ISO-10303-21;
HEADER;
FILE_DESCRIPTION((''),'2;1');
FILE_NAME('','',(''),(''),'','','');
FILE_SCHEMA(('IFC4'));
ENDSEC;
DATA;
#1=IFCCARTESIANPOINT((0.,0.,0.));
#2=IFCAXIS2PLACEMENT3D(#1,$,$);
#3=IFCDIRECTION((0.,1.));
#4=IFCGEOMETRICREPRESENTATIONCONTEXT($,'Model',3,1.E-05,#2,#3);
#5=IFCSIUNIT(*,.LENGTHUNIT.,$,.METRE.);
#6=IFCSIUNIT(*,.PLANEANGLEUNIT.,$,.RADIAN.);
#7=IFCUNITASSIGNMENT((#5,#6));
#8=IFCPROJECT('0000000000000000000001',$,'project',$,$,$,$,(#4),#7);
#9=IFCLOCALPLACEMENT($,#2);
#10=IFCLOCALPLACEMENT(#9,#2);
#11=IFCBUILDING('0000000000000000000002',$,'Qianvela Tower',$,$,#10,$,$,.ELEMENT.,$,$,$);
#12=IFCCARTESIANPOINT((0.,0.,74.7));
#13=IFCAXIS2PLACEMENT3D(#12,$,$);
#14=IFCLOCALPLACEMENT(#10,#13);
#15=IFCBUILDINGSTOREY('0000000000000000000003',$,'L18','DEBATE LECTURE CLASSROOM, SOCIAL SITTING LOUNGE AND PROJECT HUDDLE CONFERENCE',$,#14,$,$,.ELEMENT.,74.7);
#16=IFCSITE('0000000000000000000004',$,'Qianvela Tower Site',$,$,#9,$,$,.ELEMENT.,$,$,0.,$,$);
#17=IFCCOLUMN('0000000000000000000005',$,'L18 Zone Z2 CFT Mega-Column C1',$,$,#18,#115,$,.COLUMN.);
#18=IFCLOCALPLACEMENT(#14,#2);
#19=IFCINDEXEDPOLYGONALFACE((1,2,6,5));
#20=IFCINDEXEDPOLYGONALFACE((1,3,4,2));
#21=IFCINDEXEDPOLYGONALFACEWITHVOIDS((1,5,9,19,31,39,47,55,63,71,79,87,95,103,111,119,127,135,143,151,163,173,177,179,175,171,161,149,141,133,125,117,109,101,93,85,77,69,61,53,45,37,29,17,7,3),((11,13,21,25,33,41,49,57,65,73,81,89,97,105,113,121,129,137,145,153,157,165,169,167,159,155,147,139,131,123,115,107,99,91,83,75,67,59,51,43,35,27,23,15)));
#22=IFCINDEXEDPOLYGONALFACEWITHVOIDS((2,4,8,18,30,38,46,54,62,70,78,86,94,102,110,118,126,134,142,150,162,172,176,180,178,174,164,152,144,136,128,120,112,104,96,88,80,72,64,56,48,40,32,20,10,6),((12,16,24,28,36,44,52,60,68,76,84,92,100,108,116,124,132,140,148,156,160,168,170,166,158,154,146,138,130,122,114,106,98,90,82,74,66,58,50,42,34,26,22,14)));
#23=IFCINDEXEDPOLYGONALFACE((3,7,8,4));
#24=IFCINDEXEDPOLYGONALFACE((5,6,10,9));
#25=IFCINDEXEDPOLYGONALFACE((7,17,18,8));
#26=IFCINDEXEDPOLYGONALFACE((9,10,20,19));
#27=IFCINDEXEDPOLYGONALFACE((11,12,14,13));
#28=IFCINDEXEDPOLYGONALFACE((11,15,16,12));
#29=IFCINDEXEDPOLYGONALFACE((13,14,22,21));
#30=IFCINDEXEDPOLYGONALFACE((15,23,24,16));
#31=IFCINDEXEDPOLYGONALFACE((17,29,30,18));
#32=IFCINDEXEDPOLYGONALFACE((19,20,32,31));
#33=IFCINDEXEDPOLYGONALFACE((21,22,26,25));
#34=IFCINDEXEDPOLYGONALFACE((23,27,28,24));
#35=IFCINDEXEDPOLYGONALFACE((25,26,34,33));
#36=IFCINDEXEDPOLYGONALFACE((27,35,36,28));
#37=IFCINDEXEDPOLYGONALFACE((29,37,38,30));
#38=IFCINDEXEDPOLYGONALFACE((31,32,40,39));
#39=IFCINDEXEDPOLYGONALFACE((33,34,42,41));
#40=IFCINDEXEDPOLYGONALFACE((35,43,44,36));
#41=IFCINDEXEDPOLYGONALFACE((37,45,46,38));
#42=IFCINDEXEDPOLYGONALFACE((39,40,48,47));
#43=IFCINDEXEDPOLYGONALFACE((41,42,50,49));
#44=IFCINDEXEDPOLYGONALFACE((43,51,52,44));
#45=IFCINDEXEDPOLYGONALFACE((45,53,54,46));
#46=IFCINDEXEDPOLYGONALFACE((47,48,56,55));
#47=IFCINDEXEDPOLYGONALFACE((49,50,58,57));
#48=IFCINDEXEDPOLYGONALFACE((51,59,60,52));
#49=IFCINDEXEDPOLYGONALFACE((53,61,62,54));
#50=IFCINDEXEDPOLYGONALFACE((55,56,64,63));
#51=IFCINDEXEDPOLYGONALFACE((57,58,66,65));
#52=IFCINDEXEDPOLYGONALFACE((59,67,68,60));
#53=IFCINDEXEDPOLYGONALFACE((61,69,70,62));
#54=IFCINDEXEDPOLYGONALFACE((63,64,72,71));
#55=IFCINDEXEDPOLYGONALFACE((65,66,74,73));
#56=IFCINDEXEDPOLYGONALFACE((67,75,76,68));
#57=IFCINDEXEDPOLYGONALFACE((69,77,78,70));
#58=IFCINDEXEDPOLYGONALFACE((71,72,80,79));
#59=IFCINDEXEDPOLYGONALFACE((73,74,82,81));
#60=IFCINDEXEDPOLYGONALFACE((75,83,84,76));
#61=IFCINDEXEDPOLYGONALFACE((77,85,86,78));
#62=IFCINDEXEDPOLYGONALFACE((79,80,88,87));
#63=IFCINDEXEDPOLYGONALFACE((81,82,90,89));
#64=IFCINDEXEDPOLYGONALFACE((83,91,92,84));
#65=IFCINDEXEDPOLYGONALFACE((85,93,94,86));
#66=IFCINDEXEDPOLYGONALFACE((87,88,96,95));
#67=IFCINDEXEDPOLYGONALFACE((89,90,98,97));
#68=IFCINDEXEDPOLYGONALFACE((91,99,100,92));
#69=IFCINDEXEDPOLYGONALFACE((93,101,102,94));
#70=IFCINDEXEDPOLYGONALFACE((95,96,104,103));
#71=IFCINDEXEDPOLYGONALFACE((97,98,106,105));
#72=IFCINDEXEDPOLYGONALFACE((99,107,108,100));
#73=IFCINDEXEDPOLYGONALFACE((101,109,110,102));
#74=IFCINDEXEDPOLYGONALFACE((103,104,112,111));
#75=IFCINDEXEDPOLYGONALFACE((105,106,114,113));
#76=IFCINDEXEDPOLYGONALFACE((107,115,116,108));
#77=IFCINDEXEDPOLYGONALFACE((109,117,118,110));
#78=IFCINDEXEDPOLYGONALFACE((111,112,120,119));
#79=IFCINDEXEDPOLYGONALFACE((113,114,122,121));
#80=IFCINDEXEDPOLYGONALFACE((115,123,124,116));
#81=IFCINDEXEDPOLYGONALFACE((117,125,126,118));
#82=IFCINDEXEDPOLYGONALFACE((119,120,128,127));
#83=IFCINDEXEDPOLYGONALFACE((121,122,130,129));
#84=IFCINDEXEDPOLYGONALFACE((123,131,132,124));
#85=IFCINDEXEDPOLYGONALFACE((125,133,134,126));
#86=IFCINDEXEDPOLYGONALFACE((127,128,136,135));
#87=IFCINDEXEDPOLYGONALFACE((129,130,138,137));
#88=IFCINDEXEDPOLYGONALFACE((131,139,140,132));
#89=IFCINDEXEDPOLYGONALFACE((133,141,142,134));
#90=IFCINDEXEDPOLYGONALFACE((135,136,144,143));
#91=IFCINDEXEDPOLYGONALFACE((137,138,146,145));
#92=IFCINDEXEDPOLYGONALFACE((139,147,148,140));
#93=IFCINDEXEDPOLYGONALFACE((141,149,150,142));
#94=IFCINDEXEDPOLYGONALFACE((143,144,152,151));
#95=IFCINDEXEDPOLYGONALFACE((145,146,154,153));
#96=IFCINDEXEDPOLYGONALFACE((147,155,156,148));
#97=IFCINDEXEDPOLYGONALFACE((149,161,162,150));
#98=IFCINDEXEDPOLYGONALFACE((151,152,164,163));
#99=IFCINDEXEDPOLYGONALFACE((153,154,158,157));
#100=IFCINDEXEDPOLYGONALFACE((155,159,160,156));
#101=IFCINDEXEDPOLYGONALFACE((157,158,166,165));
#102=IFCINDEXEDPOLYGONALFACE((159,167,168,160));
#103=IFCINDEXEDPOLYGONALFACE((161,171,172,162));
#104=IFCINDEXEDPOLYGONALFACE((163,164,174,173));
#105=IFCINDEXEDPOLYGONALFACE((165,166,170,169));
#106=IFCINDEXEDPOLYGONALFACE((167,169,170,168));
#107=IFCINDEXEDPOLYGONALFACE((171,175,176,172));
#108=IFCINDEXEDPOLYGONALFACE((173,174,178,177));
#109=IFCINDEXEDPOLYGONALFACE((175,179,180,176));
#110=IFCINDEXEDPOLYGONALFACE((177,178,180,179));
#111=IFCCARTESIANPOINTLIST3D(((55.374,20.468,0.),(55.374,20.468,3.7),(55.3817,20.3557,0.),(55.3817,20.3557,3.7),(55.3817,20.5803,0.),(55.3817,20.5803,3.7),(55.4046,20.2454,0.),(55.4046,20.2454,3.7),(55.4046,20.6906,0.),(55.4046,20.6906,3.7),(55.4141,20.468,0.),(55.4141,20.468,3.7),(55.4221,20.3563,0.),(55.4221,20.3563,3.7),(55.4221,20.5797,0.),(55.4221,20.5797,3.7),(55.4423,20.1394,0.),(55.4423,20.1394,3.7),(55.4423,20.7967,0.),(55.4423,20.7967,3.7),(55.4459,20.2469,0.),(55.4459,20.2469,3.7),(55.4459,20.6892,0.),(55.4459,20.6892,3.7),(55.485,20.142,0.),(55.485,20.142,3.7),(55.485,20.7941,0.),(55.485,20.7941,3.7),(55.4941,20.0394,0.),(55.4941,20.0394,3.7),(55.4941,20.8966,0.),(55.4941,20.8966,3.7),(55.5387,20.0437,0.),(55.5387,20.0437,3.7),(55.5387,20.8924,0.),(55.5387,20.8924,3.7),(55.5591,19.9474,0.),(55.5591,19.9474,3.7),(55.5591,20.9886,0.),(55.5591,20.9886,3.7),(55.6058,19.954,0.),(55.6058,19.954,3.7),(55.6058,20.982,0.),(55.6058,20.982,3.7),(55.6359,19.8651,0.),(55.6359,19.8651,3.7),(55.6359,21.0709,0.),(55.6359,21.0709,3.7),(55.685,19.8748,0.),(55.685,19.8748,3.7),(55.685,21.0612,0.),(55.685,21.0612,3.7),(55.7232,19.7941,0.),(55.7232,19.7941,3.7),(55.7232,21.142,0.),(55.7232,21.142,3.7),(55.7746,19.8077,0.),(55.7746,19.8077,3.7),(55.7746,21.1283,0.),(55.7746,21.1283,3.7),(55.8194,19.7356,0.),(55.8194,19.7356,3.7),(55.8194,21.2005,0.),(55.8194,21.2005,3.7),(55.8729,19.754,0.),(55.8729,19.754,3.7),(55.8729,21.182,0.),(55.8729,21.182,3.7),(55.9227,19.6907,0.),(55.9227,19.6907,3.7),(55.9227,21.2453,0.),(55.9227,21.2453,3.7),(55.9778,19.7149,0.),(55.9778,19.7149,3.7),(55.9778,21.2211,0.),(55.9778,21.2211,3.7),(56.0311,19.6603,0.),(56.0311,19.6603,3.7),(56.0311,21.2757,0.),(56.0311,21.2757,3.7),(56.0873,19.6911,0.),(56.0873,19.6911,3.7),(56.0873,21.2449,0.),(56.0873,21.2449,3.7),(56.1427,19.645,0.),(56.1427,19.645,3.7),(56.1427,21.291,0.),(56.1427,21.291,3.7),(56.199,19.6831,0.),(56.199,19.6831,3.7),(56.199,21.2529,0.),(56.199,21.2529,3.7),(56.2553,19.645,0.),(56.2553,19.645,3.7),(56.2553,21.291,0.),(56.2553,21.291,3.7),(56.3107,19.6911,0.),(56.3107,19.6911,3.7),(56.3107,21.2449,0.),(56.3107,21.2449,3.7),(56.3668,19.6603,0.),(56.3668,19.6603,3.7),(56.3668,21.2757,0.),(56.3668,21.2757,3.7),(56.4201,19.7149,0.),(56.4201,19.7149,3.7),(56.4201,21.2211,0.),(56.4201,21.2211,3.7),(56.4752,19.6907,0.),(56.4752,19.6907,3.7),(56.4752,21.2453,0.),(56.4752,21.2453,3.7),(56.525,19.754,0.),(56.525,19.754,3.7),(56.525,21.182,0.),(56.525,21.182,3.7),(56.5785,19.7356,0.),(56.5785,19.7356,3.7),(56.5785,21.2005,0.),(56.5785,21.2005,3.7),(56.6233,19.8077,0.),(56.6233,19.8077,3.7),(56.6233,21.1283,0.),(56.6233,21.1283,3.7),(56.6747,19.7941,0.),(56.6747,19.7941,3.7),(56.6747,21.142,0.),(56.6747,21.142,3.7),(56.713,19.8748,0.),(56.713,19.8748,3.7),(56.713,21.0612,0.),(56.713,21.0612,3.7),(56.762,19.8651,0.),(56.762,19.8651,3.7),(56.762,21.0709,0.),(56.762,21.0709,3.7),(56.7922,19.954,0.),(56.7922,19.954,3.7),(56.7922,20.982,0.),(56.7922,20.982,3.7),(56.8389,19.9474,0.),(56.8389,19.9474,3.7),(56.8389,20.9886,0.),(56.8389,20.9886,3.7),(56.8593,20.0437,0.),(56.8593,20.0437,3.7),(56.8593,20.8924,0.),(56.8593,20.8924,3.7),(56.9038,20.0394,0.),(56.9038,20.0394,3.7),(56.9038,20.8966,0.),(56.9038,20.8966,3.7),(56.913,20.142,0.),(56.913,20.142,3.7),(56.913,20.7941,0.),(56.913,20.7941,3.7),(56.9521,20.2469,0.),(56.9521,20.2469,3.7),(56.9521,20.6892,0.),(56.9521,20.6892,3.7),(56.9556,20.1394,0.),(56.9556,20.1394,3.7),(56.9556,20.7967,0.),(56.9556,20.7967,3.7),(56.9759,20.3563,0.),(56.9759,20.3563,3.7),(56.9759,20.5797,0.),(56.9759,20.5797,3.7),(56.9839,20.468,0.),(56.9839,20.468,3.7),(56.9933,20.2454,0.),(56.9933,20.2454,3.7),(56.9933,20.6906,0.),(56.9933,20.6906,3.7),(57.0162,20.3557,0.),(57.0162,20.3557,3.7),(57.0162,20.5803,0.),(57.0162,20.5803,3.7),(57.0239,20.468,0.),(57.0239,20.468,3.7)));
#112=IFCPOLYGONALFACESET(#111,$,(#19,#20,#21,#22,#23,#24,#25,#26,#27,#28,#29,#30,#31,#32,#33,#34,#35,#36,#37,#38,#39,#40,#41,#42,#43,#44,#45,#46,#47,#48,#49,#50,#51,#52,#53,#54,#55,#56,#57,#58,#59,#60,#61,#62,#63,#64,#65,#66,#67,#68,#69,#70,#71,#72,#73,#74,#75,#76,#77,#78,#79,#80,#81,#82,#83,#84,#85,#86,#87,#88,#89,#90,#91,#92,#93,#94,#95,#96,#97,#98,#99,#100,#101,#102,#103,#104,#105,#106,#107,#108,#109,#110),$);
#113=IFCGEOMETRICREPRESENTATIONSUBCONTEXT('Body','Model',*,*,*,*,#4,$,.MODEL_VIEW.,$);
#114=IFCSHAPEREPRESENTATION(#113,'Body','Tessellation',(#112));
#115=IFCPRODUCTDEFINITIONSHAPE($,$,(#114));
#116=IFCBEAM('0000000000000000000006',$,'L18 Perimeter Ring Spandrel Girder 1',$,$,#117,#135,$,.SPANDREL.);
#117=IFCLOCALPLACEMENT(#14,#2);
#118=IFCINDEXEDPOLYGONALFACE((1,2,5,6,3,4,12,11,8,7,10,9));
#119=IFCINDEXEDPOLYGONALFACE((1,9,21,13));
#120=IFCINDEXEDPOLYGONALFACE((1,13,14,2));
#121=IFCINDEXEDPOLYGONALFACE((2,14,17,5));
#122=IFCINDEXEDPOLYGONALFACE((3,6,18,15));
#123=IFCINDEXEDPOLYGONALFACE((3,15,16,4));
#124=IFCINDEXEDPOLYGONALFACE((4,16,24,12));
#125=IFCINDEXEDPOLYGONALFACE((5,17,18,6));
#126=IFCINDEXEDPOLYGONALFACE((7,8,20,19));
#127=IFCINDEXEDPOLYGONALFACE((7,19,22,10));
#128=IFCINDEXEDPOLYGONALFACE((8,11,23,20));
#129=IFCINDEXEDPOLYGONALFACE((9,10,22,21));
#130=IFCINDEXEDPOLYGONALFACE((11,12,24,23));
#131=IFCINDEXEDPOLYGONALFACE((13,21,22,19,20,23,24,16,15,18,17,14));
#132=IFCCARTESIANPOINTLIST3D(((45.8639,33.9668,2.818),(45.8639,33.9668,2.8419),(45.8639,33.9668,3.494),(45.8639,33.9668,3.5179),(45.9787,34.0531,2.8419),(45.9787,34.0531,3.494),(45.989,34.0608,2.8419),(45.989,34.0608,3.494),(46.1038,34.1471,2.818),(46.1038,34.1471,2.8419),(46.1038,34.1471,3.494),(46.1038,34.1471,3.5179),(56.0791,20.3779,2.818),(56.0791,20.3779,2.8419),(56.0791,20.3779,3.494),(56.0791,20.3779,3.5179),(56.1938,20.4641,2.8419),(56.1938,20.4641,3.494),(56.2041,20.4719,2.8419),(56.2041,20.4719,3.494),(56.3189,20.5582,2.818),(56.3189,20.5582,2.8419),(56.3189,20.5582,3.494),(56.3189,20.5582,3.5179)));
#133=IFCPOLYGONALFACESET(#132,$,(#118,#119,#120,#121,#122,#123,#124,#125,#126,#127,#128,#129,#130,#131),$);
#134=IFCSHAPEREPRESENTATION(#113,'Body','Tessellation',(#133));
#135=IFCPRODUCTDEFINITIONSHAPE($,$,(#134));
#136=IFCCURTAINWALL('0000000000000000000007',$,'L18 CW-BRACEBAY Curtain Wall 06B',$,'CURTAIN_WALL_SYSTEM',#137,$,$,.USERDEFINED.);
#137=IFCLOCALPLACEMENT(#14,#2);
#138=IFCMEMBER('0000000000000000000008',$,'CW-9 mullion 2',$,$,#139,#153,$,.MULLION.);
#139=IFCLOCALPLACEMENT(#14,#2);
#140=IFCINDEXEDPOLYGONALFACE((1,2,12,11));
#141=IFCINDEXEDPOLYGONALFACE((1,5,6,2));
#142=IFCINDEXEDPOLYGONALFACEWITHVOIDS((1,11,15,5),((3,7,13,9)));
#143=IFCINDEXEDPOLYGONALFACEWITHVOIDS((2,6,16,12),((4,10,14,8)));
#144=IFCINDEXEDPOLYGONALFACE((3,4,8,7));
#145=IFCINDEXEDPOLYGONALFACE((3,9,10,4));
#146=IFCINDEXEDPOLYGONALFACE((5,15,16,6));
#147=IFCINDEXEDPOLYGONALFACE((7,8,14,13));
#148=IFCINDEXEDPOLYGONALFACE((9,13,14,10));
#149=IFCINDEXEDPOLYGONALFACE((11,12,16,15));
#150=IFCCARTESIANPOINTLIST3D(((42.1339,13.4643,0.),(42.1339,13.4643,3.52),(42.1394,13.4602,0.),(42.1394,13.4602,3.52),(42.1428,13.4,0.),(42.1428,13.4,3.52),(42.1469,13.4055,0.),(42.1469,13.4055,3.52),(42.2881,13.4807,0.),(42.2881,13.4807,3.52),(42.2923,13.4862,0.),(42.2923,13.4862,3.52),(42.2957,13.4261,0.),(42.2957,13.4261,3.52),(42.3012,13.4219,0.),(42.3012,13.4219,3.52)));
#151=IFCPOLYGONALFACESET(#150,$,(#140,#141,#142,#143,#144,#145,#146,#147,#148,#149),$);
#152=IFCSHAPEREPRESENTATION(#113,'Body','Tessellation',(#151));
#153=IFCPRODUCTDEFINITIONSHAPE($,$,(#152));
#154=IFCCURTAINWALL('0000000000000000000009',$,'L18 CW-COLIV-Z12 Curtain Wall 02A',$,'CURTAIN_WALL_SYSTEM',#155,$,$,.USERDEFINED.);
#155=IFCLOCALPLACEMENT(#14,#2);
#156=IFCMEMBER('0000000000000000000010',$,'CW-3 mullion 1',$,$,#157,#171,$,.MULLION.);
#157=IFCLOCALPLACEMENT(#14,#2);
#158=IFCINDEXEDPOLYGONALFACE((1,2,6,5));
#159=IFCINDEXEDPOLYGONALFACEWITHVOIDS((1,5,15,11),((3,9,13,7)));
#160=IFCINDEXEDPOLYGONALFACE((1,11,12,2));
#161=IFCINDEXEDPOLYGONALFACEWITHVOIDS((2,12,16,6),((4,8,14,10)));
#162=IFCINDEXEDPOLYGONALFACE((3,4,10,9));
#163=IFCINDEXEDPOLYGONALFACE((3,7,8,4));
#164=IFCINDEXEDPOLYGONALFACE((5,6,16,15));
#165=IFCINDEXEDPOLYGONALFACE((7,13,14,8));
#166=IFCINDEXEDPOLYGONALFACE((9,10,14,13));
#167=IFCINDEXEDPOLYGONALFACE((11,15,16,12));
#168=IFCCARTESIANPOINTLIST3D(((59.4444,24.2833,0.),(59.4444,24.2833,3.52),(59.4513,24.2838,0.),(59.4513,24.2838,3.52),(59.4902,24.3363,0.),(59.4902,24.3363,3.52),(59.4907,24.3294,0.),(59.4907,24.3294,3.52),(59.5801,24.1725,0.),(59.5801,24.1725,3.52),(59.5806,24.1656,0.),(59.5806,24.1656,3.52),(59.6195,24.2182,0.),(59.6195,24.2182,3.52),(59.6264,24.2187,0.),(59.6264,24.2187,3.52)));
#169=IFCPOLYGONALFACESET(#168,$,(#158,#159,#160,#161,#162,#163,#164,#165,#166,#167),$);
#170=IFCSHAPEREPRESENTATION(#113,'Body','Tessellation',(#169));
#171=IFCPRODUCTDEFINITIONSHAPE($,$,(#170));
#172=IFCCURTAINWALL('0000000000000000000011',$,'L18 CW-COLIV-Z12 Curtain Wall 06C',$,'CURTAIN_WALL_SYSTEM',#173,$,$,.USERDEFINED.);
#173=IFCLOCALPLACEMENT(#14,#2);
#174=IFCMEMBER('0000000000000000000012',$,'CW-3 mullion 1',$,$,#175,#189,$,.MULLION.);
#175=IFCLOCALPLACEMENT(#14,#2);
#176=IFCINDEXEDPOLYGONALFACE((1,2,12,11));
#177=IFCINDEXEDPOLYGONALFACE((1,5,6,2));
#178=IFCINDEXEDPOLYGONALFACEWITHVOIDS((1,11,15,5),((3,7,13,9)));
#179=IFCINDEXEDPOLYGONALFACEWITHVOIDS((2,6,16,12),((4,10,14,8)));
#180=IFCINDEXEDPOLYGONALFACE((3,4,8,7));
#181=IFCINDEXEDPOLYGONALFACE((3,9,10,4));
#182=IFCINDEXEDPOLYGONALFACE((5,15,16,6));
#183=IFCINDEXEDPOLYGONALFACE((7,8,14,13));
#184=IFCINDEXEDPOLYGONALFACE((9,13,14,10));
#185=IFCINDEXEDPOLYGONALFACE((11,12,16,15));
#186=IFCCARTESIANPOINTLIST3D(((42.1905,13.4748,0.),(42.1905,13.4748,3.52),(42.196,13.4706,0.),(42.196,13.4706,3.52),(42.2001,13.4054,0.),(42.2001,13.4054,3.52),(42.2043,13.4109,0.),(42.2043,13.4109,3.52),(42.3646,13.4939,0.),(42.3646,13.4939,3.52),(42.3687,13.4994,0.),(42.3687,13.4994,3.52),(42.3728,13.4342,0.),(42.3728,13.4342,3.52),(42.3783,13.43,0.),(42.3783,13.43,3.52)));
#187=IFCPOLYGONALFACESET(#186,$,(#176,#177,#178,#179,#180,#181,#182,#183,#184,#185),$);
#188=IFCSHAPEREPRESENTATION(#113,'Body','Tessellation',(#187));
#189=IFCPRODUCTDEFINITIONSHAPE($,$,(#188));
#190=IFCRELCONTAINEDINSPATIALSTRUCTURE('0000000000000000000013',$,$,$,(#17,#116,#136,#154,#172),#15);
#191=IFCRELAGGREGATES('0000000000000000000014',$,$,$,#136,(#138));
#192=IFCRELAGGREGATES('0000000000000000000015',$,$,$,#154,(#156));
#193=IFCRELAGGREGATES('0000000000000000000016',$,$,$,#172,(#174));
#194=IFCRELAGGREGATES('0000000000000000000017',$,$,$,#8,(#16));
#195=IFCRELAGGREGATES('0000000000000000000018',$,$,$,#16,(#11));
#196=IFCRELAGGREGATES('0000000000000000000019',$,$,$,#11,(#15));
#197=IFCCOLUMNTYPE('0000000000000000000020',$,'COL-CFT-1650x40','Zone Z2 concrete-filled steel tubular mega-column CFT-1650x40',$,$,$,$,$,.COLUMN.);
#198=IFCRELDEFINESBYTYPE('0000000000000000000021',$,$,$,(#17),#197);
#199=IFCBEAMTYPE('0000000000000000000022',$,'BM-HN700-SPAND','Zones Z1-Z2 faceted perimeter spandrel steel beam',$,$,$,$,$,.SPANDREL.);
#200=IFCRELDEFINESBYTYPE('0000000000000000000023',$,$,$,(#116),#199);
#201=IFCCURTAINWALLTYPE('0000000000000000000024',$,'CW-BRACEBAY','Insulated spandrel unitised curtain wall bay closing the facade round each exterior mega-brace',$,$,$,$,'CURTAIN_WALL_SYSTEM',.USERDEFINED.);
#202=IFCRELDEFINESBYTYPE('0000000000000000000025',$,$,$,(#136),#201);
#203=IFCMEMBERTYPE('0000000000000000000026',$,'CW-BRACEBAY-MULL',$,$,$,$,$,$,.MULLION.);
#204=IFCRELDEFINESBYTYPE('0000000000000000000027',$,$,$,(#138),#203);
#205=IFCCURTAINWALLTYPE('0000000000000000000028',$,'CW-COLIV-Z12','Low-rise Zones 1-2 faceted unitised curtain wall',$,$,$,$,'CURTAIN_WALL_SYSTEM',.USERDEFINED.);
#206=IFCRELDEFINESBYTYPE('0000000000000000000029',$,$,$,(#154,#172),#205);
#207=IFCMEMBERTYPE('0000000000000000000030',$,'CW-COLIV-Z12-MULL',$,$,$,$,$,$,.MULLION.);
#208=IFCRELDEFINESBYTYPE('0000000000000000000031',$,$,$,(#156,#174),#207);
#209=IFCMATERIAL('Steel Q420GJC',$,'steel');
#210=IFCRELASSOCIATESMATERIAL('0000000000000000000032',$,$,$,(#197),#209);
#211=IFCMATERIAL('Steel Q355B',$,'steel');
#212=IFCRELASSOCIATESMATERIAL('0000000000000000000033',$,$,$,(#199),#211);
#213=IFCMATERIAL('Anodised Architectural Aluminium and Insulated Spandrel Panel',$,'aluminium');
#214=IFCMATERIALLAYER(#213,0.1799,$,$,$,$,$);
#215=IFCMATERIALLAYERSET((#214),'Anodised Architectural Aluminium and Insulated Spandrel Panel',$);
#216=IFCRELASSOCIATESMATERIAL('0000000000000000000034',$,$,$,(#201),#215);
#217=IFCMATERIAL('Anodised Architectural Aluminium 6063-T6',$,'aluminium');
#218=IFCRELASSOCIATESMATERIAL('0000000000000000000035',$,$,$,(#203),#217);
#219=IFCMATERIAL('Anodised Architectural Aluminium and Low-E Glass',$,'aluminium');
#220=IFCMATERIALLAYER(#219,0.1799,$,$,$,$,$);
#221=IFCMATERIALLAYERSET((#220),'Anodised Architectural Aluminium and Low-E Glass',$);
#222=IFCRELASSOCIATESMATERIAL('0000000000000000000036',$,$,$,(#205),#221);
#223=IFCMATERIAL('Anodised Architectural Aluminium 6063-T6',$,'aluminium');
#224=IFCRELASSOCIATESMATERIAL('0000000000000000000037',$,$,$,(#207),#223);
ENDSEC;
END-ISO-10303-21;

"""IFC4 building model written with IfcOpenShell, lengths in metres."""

from ifc_helpers import new_model, si_unit, direction, frame, origin, origin_2d, place, context, subcontext, project, spatial, hollow_rectangle, hollow_circle, i_section, extrude, material, layer, layer_set, material_profile, profile_set, type_object, element, aggregate, save


model = new_model("IFC4")

# Units and contexts
model_context = context("Model", 3, precision=1e-05, world=origin(), true_north=direction((0.0, 1.0)))
body_context = subcontext(model_context, "Body", "Model", "MODEL_VIEW")
ifc_project = project(units=[si_unit("LENGTHUNIT", "METRE"), si_unit("PLANEANGLEUNIT", "RADIAN")], contexts=[model_context])

# Site, building, storey
site_placement = place(None, origin())
site = spatial("IfcSite", under=ifc_project, at=site_placement, Name="Qianvela Tower Site", CompositionType="ELEMENT", RefElevation=0.0)
building_placement = place(site_placement, origin())
building = spatial("IfcBuilding", under=site, at=building_placement, Name="Qianvela Tower", CompositionType="ELEMENT")
storey_placement = place(building_placement, frame((0.0, 0.0, 74.7)))
storey = spatial("IfcBuildingStorey", under=building, at=storey_placement, Name="L18", Description="DEBATE LECTURE CLASSROOM, SOCIAL SITTING LOUNGE AND PROJECT HUDDLE CONFERENCE", CompositionType="ELEMENT", Elevation=74.7)

# Column
ifc_material_1 = material(Name="Steel Q420GJC", Category="steel")
ifc_material_profile_1 = material_profile(ifc_material_1, hollow_circle(Radius=0.825, WallThickness=0.04, at=origin_2d()), Name="CFT-1650x40")
ifc_profile_set_1 = profile_set([ifc_material_profile_1], Name="Steel Q420GJC")
column_type = type_object("IfcColumnType", Name="COL-CFT-1650x40", Description="Zone Z2 concrete-filled steel tubular mega-column CFT-1650x40", PredefinedType="COLUMN", material=ifc_profile_set_1)
column_placement = place(storey_placement, frame((56.199, 20.468, 0.0), z_axis=(0.0, 0.0, 1.0), x_axis=(1.0, 0.0, 0.0)))
element("IfcColumn", 1, at=column_placement, inside=storey, type_object=column_type, Name="L18 Zone Z2 CFT Mega-Column C1", PredefinedType="COLUMN", context=body_context, shape_type="SweptSolid", body=[
    extrude(hollow_circle(Radius=0.825, WallThickness=0.04, at=origin_2d()), origin(), (0.0, 0.0, 1.0), 3.7),
])

# Beam
ifc_material_2 = material(Name="Steel Q355B", Category="steel")
ifc_material_profile_2 = material_profile(ifc_material_2, i_section(OverallWidth=0.3, OverallDepth=0.7, WebThickness=0.0129, FlangeThickness=0.0239, at=origin_2d()), Name="HN700x300x13x24")
ifc_profile_set_2 = profile_set([ifc_material_profile_2], Name="Steel Q355B")
beam_type = type_object("IfcBeamType", Name="BM-HN700-SPAND", Description="Zones Z1-Z2 faceted perimeter spandrel steel beam", PredefinedType="SPANDREL", material=ifc_profile_set_2)
beam_placement = place(storey_placement, frame((56.199, 20.468, 3.168), z_axis=(-0.600882, 0.799338, 0.0), x_axis=(-0.799338, -0.600882, 0.0)))
element("IfcBeam", 2, at=beam_placement, inside=storey, type_object=beam_type, Name="L18 Perimeter Ring Spandrel Girder 1", PredefinedType="SPANDREL", context=body_context, shape_type="SweptSolid", body=[
    extrude(i_section(OverallWidth=0.3, OverallDepth=0.7, WebThickness=0.0129, FlangeThickness=0.0239, at=origin_2d()), origin(), (0.0, 0.0, 1.0), 17.0002),
])

# Curtain walls, members
ifc_material_3 = material(Name="Anodised Architectural Aluminium and Insulated Spandrel Panel", Category="aluminium")
ifc_layer_1 = layer(ifc_material_3, 0.1799)
ifc_layer_set_1 = layer_set([ifc_layer_1], Name="Anodised Architectural Aluminium and Insulated Spandrel Panel")
curtain_wall_type_1 = type_object("IfcCurtainWallType", Name="CW-BRACEBAY", Description="Insulated spandrel unitised curtain wall bay closing the facade round each exterior mega-brace", ElementType="CURTAIN_WALL_SYSTEM", PredefinedType="USERDEFINED", material=ifc_layer_set_1)
curtain_wall_1_placement = place(storey_placement, origin())
curtain_wall_1 = element("IfcCurtainWall", 3, at=curtain_wall_1_placement, inside=storey, type_object=curtain_wall_type_1, Name="L18 CW-BRACEBAY Curtain Wall 06B", ObjectType="CURTAIN_WALL_SYSTEM", PredefinedType="USERDEFINED")
ifc_material_4 = material(Name="Anodised Architectural Aluminium 6063-T6", Category="aluminium")
ifc_material_profile_3 = material_profile(ifc_material_4, hollow_rectangle(XDim=0.0649, YDim=0.1599, WallThickness=0.0049, at=origin_2d()), Name="ALU-MULL-65x160")
ifc_profile_set_3 = profile_set([ifc_material_profile_3], Name="Anodised Architectural Aluminium 6063-T6")
member_type_1 = type_object("IfcMemberType", Name="CW-BRACEBAY-MULL", PredefinedType="MULLION", material=ifc_profile_set_3)
member_1_placement = place(storey_placement, frame((42.2175, 13.4431, 0.0), z_axis=(0.0, 0.0, 1.0), x_axis=(-0.136978, 0.990574, 0.0)))
member_1 = element("IfcMember", 4, at=member_1_placement, type_object=member_type_1, Name="CW-9 mullion 2", PredefinedType="MULLION", context=body_context, shape_type="SweptSolid", body=[
    extrude(hollow_rectangle(XDim=0.0649, YDim=0.1599, WallThickness=0.0049, at=origin_2d()), origin(), (0.0, 0.0, 1.0), 3.52),
])
ifc_material_5 = material(Name="Anodised Architectural Aluminium and Low-E Glass", Category="aluminium")
ifc_layer_2 = layer(ifc_material_5, 0.1799)
ifc_layer_set_2 = layer_set([ifc_layer_2], Name="Anodised Architectural Aluminium and Low-E Glass")
curtain_wall_type_2 = type_object("IfcCurtainWallType", Name="CW-COLIV-Z12", Description="Low-rise Zones 1-2 faceted unitised curtain wall", ElementType="CURTAIN_WALL_SYSTEM", PredefinedType="USERDEFINED", material=ifc_layer_set_2)
curtain_wall_2_placement = place(storey_placement, origin())
curtain_wall_2 = element("IfcCurtainWall", 5, at=curtain_wall_2_placement, inside=storey, type_object=curtain_wall_type_2, Name="L18 CW-COLIV-Z12 Curtain Wall 02A", ObjectType="CURTAIN_WALL_SYSTEM", PredefinedType="USERDEFINED")
ifc_material_6 = material(Name="Anodised Architectural Aluminium 6063-T6", Category="aluminium")
ifc_material_profile_4 = material_profile(ifc_material_6, hollow_rectangle(XDim=0.0701, YDim=0.1799, WallThickness=0.0049, at=origin_2d()), Name="ALU-MULL-70x180")
ifc_profile_set_4 = profile_set([ifc_material_profile_4], Name="Anodised Architectural Aluminium 6063-T6")
member_type_2 = type_object("IfcMemberType", Name="CW-COLIV-Z12-MULL", PredefinedType="MULLION", material=ifc_profile_set_4)
member_2_placement = place(storey_placement, frame((59.5354, 24.251, 0.0), z_axis=(0.0, 0.0, 1.0), x_axis=(-0.653852, -0.756622, 0.0)))
member_2 = element("IfcMember", 6, at=member_2_placement, type_object=member_type_2, Name="CW-3 mullion 1", PredefinedType="MULLION", context=body_context, shape_type="SweptSolid", body=[
    extrude(hollow_rectangle(XDim=0.0701, YDim=0.1799, WallThickness=0.0049, at=origin_2d()), origin(), (0.0, 0.0, 1.0), 3.52),
])

# Curtain wall, member
curtain_wall_3_placement = place(storey_placement, origin())
curtain_wall_3 = element("IfcCurtainWall", 7, at=curtain_wall_3_placement, inside=storey, type_object=curtain_wall_type_2, Name="L18 CW-COLIV-Z12 Curtain Wall 06C", ObjectType="CURTAIN_WALL_SYSTEM", PredefinedType="USERDEFINED")
member_3_placement = place(storey_placement, frame((42.2844, 13.4524, 0.0), z_axis=(0.0, 0.0, 1.0), x_axis=(-0.136985, 0.990573, 0.0)))
member_3 = element("IfcMember", 8, at=member_3_placement, type_object=member_type_2, Name="CW-3 mullion 1", PredefinedType="MULLION", context=body_context, shape_type="SweptSolid", body=[
    extrude(hollow_rectangle(XDim=0.0701, YDim=0.1799, WallThickness=0.0049, at=origin_2d()), origin(), (0.0, 0.0, 1.0), 3.52),
])

aggregate(curtain_wall_1, [member_1])
aggregate(curtain_wall_2, [member_2])
aggregate(curtain_wall_3, [member_3])

save(model, "model.ifc")
